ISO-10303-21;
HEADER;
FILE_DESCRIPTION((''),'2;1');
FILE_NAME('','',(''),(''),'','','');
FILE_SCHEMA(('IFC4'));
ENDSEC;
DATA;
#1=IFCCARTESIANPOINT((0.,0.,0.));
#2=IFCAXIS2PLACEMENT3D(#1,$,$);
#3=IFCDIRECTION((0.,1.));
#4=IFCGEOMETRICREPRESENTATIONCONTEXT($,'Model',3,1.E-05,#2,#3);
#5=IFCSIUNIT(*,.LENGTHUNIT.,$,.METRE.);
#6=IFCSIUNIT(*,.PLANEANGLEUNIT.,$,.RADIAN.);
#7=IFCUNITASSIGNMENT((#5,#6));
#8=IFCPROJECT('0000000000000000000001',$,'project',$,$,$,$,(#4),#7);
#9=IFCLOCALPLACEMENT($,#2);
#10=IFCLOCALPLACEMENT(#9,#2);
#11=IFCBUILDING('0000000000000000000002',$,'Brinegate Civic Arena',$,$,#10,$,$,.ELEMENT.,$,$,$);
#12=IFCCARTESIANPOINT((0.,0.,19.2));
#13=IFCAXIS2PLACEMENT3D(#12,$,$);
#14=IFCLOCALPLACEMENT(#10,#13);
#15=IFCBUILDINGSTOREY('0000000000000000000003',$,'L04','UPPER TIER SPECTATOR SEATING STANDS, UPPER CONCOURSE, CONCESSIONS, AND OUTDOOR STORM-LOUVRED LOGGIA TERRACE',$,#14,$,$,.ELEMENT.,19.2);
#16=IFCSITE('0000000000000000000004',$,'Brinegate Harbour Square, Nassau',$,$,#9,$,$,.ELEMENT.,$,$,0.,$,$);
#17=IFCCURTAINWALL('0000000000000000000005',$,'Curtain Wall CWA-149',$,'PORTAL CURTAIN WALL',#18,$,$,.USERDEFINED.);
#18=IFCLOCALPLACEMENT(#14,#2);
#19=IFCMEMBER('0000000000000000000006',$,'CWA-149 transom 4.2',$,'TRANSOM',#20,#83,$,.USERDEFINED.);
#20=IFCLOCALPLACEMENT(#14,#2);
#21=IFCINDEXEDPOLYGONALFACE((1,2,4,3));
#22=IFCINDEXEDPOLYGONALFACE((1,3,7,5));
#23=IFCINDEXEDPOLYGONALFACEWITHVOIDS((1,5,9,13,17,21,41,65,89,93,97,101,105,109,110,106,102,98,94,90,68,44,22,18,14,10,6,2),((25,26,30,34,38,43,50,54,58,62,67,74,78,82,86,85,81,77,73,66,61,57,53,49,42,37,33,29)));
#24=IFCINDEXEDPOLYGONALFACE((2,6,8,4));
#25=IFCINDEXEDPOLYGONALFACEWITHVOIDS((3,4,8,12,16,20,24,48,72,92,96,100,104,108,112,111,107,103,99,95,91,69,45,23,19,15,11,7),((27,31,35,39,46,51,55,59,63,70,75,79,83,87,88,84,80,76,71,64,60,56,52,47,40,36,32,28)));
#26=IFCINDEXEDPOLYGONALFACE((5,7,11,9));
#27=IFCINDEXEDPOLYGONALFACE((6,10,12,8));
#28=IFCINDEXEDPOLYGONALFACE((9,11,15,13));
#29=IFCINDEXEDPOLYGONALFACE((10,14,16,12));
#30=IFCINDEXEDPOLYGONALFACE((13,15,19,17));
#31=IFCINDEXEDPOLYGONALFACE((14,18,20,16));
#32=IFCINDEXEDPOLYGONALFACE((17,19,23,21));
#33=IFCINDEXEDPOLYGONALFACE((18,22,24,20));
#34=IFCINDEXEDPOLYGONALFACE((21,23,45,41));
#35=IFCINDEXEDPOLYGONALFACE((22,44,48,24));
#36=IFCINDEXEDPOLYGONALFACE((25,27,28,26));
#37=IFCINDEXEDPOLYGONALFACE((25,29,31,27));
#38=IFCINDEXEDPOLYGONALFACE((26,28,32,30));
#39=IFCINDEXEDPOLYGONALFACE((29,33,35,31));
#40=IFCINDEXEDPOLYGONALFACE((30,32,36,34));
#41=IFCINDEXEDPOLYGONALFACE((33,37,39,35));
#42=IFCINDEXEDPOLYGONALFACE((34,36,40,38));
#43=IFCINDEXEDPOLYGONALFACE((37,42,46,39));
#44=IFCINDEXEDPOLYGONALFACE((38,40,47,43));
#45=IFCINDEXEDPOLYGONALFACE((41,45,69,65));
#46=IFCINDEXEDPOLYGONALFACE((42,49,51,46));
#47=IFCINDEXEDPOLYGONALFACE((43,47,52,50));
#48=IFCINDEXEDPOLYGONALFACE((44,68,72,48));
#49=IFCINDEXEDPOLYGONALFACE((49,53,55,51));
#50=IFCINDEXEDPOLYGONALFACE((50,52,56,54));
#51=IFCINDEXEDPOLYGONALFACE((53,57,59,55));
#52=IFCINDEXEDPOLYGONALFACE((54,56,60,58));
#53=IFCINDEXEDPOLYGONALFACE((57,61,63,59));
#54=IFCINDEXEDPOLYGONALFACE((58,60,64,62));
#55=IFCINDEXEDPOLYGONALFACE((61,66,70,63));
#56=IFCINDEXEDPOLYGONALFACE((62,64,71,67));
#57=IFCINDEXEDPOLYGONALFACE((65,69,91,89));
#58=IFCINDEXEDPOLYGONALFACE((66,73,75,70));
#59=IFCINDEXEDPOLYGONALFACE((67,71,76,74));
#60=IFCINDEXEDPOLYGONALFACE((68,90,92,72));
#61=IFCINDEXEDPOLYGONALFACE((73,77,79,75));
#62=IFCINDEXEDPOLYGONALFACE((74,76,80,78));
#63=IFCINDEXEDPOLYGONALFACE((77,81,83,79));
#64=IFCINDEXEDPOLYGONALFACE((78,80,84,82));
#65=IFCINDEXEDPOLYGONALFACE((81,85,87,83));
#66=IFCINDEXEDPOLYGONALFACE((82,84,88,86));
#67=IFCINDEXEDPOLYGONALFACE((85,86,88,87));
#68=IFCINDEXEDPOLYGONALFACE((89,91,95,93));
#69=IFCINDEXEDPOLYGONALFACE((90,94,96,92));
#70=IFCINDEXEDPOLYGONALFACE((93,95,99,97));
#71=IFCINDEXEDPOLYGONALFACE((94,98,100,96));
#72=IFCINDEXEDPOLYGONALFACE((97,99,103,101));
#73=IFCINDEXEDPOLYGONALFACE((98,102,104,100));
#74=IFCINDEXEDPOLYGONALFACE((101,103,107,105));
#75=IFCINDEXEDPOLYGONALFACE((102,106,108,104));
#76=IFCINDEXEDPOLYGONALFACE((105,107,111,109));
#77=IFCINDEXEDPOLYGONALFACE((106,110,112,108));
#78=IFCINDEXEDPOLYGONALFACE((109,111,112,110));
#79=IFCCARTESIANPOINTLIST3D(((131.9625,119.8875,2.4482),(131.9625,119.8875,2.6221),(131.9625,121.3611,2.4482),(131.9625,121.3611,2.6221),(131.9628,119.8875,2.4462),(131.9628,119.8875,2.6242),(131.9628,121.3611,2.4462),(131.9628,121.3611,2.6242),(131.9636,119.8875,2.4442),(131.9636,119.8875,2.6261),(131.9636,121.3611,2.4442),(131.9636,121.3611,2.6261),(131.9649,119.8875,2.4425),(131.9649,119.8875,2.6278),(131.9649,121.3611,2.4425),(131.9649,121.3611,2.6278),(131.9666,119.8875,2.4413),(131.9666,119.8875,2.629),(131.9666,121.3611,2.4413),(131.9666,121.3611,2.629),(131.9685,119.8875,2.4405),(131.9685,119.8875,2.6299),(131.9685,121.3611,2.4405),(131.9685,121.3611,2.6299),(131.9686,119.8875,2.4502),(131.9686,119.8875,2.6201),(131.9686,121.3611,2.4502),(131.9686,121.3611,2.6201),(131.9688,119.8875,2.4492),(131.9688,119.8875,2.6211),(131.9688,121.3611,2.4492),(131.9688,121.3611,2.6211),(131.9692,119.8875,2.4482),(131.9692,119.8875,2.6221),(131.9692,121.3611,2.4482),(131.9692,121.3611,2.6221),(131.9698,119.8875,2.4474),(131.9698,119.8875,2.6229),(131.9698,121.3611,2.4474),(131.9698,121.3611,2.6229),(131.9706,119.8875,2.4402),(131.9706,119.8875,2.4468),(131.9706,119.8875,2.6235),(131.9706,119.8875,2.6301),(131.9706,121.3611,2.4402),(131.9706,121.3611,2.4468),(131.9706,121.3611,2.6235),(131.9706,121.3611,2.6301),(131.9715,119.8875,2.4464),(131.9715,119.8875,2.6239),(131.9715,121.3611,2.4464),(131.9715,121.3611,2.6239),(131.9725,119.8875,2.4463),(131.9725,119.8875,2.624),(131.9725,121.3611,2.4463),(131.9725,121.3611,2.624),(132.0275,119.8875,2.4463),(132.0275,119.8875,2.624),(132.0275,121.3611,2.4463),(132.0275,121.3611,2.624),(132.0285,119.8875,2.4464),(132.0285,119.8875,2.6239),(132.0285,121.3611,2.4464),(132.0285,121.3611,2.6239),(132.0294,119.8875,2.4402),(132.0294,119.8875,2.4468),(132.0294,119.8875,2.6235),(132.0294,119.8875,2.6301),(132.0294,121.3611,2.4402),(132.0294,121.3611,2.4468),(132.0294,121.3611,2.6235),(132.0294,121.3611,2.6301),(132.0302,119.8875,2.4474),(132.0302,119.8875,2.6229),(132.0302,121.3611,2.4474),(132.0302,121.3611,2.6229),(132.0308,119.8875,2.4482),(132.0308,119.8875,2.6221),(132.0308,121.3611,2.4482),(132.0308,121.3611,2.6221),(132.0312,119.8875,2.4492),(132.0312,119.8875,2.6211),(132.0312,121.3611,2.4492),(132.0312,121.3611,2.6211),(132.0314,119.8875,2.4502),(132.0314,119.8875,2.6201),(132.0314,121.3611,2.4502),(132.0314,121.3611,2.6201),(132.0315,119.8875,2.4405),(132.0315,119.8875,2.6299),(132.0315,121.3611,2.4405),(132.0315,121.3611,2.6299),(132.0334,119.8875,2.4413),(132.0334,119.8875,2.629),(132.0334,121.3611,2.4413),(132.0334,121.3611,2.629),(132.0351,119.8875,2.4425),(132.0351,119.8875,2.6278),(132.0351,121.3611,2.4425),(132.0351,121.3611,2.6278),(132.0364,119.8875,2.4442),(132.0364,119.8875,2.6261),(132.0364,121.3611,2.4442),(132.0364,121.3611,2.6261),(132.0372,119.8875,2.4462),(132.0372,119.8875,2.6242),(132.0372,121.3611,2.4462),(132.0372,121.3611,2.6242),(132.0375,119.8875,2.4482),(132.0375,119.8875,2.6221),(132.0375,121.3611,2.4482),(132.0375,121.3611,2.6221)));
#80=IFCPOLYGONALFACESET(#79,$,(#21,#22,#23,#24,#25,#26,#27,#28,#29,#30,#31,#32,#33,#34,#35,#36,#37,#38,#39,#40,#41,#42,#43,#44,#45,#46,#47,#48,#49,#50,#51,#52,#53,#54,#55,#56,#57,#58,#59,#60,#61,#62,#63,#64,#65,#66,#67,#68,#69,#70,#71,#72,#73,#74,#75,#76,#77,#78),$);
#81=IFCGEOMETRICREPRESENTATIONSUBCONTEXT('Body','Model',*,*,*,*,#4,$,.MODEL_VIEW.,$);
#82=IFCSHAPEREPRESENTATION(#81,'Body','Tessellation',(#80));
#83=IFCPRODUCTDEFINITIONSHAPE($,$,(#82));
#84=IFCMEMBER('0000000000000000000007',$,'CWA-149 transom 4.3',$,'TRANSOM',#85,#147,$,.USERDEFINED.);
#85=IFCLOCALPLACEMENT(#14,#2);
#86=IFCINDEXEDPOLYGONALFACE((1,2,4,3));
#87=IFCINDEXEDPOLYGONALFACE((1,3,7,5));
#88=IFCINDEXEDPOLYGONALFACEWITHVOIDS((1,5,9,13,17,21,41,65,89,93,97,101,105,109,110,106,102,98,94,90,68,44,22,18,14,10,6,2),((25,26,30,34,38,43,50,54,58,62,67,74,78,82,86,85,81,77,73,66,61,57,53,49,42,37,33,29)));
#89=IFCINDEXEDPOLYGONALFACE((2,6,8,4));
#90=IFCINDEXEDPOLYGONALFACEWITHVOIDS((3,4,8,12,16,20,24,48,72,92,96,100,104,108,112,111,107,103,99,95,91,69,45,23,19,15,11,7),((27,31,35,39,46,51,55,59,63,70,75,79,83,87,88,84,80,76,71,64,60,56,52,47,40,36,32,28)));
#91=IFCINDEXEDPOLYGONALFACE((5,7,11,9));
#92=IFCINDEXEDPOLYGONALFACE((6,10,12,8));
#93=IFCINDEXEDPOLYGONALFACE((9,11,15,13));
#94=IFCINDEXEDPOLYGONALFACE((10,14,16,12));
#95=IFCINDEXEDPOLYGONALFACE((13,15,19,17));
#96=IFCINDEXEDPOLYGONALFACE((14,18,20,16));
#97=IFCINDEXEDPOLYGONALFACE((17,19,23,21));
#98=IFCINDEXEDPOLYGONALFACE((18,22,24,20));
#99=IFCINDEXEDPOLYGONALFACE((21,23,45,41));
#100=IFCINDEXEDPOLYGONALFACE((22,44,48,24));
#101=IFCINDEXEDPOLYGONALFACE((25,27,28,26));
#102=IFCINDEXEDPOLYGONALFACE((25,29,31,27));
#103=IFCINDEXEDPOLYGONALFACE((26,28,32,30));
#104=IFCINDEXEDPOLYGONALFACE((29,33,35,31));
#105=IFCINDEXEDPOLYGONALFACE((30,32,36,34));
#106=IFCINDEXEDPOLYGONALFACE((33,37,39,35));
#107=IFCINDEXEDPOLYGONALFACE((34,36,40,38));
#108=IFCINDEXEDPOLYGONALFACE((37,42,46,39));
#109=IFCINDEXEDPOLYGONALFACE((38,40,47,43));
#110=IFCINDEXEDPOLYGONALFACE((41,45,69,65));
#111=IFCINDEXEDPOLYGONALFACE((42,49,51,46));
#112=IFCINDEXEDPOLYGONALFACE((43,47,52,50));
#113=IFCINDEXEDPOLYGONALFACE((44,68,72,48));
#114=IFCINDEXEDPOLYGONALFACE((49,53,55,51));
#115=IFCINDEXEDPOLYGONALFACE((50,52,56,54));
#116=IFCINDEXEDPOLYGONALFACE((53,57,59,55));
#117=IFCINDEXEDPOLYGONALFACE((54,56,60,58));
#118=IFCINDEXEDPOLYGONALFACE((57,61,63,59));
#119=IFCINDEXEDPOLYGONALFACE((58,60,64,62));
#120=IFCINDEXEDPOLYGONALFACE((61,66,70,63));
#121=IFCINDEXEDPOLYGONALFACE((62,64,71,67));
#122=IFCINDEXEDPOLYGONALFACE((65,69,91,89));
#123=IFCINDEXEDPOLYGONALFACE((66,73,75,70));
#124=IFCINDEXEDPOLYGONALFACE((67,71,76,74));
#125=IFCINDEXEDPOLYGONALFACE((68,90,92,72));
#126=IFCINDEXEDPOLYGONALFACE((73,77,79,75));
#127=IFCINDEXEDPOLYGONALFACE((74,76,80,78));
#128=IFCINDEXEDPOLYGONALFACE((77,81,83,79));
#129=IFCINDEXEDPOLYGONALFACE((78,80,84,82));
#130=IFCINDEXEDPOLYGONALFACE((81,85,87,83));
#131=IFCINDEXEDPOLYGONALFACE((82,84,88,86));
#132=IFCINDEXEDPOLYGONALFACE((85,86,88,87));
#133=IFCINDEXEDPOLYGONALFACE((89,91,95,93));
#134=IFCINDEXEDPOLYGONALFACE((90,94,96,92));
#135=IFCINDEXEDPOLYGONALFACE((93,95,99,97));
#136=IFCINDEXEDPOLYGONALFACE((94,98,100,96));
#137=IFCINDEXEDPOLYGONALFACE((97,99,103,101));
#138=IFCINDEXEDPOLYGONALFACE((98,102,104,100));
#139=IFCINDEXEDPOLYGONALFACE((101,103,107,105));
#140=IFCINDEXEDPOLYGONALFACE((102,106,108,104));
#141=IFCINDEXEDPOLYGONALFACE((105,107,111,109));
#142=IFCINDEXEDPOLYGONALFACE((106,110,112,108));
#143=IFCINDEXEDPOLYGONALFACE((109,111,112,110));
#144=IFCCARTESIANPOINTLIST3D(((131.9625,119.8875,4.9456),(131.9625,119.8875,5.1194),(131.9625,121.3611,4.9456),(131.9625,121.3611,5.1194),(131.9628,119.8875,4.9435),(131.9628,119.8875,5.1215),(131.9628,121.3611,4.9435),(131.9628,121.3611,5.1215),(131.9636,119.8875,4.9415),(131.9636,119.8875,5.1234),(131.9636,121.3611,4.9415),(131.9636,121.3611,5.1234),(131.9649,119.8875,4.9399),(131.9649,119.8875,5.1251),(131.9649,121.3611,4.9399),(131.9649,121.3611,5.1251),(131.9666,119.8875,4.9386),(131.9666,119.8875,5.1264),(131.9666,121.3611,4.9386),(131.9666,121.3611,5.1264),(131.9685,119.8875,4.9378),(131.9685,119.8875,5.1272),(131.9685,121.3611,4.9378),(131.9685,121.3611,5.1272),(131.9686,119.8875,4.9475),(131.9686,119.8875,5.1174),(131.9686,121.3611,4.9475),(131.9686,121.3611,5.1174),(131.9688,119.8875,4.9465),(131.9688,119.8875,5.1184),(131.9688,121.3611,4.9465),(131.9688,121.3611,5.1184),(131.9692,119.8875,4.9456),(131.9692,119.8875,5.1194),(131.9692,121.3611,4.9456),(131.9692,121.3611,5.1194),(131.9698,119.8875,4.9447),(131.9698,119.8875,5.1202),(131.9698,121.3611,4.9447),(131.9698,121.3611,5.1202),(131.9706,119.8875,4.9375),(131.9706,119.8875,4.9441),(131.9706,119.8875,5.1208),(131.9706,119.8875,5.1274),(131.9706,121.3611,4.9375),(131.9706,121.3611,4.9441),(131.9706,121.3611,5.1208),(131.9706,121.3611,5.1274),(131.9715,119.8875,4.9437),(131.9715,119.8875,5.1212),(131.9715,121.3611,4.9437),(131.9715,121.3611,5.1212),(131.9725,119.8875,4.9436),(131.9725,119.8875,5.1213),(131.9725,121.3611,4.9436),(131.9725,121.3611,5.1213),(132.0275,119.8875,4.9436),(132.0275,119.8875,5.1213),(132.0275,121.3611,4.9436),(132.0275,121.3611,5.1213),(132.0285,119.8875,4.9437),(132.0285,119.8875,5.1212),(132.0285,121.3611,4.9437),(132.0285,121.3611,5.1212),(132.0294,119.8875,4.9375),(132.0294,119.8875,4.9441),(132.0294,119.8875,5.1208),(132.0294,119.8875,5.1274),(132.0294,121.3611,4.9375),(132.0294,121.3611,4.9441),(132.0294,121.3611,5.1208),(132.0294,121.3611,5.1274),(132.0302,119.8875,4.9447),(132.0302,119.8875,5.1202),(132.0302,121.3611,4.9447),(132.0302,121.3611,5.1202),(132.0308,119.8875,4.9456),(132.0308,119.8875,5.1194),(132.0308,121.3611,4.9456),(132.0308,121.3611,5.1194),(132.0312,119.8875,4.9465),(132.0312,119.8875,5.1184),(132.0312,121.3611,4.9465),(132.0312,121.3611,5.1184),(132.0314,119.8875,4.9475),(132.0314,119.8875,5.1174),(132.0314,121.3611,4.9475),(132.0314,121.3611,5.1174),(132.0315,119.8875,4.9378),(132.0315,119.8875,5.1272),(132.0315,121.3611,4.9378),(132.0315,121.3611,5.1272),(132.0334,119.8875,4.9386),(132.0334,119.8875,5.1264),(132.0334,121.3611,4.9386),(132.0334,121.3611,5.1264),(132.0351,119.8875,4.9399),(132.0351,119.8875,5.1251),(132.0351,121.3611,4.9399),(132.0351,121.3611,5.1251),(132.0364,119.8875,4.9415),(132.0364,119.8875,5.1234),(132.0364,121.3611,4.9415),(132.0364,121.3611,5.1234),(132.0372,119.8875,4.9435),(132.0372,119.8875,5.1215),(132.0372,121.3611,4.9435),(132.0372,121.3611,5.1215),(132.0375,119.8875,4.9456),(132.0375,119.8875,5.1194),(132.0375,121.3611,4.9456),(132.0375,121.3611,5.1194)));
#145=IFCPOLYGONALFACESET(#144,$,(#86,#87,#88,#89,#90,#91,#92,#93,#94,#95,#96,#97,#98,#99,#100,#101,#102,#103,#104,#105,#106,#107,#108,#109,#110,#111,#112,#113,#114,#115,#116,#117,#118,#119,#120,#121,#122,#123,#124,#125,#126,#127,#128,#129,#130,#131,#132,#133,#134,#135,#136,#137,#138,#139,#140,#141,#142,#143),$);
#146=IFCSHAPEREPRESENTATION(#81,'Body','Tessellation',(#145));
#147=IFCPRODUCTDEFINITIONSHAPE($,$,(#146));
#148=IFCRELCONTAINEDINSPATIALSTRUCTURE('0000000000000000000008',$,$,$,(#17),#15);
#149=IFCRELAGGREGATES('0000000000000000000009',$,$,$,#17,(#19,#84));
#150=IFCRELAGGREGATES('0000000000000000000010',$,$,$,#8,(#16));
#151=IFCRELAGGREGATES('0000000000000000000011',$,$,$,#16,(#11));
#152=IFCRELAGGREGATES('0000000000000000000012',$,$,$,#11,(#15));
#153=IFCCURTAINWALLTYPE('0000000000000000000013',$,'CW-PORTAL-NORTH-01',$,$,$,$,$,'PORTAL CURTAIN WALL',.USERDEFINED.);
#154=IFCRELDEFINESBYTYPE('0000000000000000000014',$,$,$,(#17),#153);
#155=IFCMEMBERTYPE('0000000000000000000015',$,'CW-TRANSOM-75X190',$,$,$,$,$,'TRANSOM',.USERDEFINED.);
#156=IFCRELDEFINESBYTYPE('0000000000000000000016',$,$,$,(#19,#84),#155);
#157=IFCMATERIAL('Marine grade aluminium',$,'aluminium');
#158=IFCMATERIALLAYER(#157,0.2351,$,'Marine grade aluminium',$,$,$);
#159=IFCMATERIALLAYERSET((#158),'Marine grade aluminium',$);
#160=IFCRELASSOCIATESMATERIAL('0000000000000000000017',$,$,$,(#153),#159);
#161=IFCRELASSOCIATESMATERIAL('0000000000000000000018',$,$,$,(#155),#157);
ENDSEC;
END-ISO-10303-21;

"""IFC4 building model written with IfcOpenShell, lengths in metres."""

from ifc_helpers import new_model, si_unit, direction, frame, origin, origin_2d, place, context, subcontext, project, spatial, hollow_rectangle, extrude, material, layer, layer_set, material_profile, profile_set, type_object, element, aggregate, save


model = new_model("IFC4")

# Units and contexts
model_context = context("Model", 3, precision=1e-05, world=origin(), true_north=direction((0.0, 1.0)))
body_context = subcontext(model_context, "Body", "Model", "MODEL_VIEW")
ifc_project = project(units=[si_unit("LENGTHUNIT", "METRE"), si_unit("PLANEANGLEUNIT", "RADIAN")], contexts=[model_context])

# Site, building, storey
site_placement = place(None, origin())
site = spatial("IfcSite", under=ifc_project, at=site_placement, Name="Brinegate Harbour Square, Nassau", CompositionType="ELEMENT", RefElevation=0.0)
building_placement = place(site_placement, origin())
building = spatial("IfcBuilding", under=site, at=building_placement, Name="Brinegate Civic Arena", CompositionType="ELEMENT")
storey_placement = place(building_placement, frame((0.0, 0.0, 19.2)))
storey = spatial("IfcBuildingStorey", under=building, at=storey_placement, Name="L04", Description="UPPER TIER SPECTATOR SEATING STANDS, UPPER CONCOURSE, CONCESSIONS, AND OUTDOOR STORM-LOUVRED LOGGIA TERRACE", CompositionType="ELEMENT", Elevation=19.2)

# Curtain wall, members
ifc_material_1 = material(Name="Marine grade aluminium", Category="aluminium")
ifc_layer_1 = layer(ifc_material_1, 0.2351, Name="Marine grade aluminium")
ifc_layer_set_1 = layer_set([ifc_layer_1], Name="Marine grade aluminium")
curtain_wall_type_1 = type_object("IfcCurtainWallType", Name="CW-PORTAL-NORTH-01", ElementType="PORTAL CURTAIN WALL", PredefinedType="USERDEFINED", material=ifc_layer_set_1)
curtain_wall_1_placement = place(storey_placement, origin())
curtain_wall_1 = element("IfcCurtainWall", 1, at=curtain_wall_1_placement, inside=storey, type_object=curtain_wall_type_1, Name="Curtain Wall CWA-149", ObjectType="PORTAL CURTAIN WALL", PredefinedType="USERDEFINED")
ifc_material_profile_1 = material_profile(ifc_material_1, hollow_rectangle(XDim=0.075, YDim=0.1899, WallThickness=0.0061, InnerFilletRadius=0.0039, OuterFilletRadius=0.0081, at=origin_2d()), Name="TRN75X190")
ifc_profile_set_1 = profile_set([ifc_material_profile_1], Name="Marine grade aluminium")
member_type_1 = type_object("IfcMemberType", Name="CW-TRANSOM-75X190", ElementType="TRANSOM", PredefinedType="USERDEFINED", material=ifc_profile_set_1)
member_1_placement = place(storey_placement, frame((132.0, 119.8875, 2.5352), z_axis=(0.0, 1.0, 0.0), x_axis=(-1.0, 0.0, 0.0)))
member_1 = element("IfcMember", 2, at=member_1_placement, type_object=member_type_1, Name="CWA-149 transom 4.2", ObjectType="TRANSOM", PredefinedType="USERDEFINED", context=body_context, shape_type="SweptSolid", body=[
    extrude(hollow_rectangle(XDim=0.075, YDim=0.1899, WallThickness=0.0061, InnerFilletRadius=0.0039, OuterFilletRadius=0.0081, at=origin_2d()), origin(), (0.0, 0.0, 1.0), 1.4736),
])
member_2_placement = place(storey_placement, frame((132.0, 119.8875, 5.0325), z_axis=(0.0, 1.0, 0.0), x_axis=(-1.0, 0.0, 0.0)))
member_2 = element("IfcMember", 3, at=member_2_placement, type_object=member_type_1, Name="CWA-149 transom 4.3", ObjectType="TRANSOM", PredefinedType="USERDEFINED", context=body_context, shape_type="SweptSolid", body=[
    extrude(hollow_rectangle(XDim=0.075, YDim=0.1899, WallThickness=0.0061, InnerFilletRadius=0.0039, OuterFilletRadius=0.0081, at=origin_2d()), origin(), (0.0, 0.0, 1.0), 1.4736),
])

aggregate(curtain_wall_1, [member_1, member_2])

save(model, "model.ifc")
